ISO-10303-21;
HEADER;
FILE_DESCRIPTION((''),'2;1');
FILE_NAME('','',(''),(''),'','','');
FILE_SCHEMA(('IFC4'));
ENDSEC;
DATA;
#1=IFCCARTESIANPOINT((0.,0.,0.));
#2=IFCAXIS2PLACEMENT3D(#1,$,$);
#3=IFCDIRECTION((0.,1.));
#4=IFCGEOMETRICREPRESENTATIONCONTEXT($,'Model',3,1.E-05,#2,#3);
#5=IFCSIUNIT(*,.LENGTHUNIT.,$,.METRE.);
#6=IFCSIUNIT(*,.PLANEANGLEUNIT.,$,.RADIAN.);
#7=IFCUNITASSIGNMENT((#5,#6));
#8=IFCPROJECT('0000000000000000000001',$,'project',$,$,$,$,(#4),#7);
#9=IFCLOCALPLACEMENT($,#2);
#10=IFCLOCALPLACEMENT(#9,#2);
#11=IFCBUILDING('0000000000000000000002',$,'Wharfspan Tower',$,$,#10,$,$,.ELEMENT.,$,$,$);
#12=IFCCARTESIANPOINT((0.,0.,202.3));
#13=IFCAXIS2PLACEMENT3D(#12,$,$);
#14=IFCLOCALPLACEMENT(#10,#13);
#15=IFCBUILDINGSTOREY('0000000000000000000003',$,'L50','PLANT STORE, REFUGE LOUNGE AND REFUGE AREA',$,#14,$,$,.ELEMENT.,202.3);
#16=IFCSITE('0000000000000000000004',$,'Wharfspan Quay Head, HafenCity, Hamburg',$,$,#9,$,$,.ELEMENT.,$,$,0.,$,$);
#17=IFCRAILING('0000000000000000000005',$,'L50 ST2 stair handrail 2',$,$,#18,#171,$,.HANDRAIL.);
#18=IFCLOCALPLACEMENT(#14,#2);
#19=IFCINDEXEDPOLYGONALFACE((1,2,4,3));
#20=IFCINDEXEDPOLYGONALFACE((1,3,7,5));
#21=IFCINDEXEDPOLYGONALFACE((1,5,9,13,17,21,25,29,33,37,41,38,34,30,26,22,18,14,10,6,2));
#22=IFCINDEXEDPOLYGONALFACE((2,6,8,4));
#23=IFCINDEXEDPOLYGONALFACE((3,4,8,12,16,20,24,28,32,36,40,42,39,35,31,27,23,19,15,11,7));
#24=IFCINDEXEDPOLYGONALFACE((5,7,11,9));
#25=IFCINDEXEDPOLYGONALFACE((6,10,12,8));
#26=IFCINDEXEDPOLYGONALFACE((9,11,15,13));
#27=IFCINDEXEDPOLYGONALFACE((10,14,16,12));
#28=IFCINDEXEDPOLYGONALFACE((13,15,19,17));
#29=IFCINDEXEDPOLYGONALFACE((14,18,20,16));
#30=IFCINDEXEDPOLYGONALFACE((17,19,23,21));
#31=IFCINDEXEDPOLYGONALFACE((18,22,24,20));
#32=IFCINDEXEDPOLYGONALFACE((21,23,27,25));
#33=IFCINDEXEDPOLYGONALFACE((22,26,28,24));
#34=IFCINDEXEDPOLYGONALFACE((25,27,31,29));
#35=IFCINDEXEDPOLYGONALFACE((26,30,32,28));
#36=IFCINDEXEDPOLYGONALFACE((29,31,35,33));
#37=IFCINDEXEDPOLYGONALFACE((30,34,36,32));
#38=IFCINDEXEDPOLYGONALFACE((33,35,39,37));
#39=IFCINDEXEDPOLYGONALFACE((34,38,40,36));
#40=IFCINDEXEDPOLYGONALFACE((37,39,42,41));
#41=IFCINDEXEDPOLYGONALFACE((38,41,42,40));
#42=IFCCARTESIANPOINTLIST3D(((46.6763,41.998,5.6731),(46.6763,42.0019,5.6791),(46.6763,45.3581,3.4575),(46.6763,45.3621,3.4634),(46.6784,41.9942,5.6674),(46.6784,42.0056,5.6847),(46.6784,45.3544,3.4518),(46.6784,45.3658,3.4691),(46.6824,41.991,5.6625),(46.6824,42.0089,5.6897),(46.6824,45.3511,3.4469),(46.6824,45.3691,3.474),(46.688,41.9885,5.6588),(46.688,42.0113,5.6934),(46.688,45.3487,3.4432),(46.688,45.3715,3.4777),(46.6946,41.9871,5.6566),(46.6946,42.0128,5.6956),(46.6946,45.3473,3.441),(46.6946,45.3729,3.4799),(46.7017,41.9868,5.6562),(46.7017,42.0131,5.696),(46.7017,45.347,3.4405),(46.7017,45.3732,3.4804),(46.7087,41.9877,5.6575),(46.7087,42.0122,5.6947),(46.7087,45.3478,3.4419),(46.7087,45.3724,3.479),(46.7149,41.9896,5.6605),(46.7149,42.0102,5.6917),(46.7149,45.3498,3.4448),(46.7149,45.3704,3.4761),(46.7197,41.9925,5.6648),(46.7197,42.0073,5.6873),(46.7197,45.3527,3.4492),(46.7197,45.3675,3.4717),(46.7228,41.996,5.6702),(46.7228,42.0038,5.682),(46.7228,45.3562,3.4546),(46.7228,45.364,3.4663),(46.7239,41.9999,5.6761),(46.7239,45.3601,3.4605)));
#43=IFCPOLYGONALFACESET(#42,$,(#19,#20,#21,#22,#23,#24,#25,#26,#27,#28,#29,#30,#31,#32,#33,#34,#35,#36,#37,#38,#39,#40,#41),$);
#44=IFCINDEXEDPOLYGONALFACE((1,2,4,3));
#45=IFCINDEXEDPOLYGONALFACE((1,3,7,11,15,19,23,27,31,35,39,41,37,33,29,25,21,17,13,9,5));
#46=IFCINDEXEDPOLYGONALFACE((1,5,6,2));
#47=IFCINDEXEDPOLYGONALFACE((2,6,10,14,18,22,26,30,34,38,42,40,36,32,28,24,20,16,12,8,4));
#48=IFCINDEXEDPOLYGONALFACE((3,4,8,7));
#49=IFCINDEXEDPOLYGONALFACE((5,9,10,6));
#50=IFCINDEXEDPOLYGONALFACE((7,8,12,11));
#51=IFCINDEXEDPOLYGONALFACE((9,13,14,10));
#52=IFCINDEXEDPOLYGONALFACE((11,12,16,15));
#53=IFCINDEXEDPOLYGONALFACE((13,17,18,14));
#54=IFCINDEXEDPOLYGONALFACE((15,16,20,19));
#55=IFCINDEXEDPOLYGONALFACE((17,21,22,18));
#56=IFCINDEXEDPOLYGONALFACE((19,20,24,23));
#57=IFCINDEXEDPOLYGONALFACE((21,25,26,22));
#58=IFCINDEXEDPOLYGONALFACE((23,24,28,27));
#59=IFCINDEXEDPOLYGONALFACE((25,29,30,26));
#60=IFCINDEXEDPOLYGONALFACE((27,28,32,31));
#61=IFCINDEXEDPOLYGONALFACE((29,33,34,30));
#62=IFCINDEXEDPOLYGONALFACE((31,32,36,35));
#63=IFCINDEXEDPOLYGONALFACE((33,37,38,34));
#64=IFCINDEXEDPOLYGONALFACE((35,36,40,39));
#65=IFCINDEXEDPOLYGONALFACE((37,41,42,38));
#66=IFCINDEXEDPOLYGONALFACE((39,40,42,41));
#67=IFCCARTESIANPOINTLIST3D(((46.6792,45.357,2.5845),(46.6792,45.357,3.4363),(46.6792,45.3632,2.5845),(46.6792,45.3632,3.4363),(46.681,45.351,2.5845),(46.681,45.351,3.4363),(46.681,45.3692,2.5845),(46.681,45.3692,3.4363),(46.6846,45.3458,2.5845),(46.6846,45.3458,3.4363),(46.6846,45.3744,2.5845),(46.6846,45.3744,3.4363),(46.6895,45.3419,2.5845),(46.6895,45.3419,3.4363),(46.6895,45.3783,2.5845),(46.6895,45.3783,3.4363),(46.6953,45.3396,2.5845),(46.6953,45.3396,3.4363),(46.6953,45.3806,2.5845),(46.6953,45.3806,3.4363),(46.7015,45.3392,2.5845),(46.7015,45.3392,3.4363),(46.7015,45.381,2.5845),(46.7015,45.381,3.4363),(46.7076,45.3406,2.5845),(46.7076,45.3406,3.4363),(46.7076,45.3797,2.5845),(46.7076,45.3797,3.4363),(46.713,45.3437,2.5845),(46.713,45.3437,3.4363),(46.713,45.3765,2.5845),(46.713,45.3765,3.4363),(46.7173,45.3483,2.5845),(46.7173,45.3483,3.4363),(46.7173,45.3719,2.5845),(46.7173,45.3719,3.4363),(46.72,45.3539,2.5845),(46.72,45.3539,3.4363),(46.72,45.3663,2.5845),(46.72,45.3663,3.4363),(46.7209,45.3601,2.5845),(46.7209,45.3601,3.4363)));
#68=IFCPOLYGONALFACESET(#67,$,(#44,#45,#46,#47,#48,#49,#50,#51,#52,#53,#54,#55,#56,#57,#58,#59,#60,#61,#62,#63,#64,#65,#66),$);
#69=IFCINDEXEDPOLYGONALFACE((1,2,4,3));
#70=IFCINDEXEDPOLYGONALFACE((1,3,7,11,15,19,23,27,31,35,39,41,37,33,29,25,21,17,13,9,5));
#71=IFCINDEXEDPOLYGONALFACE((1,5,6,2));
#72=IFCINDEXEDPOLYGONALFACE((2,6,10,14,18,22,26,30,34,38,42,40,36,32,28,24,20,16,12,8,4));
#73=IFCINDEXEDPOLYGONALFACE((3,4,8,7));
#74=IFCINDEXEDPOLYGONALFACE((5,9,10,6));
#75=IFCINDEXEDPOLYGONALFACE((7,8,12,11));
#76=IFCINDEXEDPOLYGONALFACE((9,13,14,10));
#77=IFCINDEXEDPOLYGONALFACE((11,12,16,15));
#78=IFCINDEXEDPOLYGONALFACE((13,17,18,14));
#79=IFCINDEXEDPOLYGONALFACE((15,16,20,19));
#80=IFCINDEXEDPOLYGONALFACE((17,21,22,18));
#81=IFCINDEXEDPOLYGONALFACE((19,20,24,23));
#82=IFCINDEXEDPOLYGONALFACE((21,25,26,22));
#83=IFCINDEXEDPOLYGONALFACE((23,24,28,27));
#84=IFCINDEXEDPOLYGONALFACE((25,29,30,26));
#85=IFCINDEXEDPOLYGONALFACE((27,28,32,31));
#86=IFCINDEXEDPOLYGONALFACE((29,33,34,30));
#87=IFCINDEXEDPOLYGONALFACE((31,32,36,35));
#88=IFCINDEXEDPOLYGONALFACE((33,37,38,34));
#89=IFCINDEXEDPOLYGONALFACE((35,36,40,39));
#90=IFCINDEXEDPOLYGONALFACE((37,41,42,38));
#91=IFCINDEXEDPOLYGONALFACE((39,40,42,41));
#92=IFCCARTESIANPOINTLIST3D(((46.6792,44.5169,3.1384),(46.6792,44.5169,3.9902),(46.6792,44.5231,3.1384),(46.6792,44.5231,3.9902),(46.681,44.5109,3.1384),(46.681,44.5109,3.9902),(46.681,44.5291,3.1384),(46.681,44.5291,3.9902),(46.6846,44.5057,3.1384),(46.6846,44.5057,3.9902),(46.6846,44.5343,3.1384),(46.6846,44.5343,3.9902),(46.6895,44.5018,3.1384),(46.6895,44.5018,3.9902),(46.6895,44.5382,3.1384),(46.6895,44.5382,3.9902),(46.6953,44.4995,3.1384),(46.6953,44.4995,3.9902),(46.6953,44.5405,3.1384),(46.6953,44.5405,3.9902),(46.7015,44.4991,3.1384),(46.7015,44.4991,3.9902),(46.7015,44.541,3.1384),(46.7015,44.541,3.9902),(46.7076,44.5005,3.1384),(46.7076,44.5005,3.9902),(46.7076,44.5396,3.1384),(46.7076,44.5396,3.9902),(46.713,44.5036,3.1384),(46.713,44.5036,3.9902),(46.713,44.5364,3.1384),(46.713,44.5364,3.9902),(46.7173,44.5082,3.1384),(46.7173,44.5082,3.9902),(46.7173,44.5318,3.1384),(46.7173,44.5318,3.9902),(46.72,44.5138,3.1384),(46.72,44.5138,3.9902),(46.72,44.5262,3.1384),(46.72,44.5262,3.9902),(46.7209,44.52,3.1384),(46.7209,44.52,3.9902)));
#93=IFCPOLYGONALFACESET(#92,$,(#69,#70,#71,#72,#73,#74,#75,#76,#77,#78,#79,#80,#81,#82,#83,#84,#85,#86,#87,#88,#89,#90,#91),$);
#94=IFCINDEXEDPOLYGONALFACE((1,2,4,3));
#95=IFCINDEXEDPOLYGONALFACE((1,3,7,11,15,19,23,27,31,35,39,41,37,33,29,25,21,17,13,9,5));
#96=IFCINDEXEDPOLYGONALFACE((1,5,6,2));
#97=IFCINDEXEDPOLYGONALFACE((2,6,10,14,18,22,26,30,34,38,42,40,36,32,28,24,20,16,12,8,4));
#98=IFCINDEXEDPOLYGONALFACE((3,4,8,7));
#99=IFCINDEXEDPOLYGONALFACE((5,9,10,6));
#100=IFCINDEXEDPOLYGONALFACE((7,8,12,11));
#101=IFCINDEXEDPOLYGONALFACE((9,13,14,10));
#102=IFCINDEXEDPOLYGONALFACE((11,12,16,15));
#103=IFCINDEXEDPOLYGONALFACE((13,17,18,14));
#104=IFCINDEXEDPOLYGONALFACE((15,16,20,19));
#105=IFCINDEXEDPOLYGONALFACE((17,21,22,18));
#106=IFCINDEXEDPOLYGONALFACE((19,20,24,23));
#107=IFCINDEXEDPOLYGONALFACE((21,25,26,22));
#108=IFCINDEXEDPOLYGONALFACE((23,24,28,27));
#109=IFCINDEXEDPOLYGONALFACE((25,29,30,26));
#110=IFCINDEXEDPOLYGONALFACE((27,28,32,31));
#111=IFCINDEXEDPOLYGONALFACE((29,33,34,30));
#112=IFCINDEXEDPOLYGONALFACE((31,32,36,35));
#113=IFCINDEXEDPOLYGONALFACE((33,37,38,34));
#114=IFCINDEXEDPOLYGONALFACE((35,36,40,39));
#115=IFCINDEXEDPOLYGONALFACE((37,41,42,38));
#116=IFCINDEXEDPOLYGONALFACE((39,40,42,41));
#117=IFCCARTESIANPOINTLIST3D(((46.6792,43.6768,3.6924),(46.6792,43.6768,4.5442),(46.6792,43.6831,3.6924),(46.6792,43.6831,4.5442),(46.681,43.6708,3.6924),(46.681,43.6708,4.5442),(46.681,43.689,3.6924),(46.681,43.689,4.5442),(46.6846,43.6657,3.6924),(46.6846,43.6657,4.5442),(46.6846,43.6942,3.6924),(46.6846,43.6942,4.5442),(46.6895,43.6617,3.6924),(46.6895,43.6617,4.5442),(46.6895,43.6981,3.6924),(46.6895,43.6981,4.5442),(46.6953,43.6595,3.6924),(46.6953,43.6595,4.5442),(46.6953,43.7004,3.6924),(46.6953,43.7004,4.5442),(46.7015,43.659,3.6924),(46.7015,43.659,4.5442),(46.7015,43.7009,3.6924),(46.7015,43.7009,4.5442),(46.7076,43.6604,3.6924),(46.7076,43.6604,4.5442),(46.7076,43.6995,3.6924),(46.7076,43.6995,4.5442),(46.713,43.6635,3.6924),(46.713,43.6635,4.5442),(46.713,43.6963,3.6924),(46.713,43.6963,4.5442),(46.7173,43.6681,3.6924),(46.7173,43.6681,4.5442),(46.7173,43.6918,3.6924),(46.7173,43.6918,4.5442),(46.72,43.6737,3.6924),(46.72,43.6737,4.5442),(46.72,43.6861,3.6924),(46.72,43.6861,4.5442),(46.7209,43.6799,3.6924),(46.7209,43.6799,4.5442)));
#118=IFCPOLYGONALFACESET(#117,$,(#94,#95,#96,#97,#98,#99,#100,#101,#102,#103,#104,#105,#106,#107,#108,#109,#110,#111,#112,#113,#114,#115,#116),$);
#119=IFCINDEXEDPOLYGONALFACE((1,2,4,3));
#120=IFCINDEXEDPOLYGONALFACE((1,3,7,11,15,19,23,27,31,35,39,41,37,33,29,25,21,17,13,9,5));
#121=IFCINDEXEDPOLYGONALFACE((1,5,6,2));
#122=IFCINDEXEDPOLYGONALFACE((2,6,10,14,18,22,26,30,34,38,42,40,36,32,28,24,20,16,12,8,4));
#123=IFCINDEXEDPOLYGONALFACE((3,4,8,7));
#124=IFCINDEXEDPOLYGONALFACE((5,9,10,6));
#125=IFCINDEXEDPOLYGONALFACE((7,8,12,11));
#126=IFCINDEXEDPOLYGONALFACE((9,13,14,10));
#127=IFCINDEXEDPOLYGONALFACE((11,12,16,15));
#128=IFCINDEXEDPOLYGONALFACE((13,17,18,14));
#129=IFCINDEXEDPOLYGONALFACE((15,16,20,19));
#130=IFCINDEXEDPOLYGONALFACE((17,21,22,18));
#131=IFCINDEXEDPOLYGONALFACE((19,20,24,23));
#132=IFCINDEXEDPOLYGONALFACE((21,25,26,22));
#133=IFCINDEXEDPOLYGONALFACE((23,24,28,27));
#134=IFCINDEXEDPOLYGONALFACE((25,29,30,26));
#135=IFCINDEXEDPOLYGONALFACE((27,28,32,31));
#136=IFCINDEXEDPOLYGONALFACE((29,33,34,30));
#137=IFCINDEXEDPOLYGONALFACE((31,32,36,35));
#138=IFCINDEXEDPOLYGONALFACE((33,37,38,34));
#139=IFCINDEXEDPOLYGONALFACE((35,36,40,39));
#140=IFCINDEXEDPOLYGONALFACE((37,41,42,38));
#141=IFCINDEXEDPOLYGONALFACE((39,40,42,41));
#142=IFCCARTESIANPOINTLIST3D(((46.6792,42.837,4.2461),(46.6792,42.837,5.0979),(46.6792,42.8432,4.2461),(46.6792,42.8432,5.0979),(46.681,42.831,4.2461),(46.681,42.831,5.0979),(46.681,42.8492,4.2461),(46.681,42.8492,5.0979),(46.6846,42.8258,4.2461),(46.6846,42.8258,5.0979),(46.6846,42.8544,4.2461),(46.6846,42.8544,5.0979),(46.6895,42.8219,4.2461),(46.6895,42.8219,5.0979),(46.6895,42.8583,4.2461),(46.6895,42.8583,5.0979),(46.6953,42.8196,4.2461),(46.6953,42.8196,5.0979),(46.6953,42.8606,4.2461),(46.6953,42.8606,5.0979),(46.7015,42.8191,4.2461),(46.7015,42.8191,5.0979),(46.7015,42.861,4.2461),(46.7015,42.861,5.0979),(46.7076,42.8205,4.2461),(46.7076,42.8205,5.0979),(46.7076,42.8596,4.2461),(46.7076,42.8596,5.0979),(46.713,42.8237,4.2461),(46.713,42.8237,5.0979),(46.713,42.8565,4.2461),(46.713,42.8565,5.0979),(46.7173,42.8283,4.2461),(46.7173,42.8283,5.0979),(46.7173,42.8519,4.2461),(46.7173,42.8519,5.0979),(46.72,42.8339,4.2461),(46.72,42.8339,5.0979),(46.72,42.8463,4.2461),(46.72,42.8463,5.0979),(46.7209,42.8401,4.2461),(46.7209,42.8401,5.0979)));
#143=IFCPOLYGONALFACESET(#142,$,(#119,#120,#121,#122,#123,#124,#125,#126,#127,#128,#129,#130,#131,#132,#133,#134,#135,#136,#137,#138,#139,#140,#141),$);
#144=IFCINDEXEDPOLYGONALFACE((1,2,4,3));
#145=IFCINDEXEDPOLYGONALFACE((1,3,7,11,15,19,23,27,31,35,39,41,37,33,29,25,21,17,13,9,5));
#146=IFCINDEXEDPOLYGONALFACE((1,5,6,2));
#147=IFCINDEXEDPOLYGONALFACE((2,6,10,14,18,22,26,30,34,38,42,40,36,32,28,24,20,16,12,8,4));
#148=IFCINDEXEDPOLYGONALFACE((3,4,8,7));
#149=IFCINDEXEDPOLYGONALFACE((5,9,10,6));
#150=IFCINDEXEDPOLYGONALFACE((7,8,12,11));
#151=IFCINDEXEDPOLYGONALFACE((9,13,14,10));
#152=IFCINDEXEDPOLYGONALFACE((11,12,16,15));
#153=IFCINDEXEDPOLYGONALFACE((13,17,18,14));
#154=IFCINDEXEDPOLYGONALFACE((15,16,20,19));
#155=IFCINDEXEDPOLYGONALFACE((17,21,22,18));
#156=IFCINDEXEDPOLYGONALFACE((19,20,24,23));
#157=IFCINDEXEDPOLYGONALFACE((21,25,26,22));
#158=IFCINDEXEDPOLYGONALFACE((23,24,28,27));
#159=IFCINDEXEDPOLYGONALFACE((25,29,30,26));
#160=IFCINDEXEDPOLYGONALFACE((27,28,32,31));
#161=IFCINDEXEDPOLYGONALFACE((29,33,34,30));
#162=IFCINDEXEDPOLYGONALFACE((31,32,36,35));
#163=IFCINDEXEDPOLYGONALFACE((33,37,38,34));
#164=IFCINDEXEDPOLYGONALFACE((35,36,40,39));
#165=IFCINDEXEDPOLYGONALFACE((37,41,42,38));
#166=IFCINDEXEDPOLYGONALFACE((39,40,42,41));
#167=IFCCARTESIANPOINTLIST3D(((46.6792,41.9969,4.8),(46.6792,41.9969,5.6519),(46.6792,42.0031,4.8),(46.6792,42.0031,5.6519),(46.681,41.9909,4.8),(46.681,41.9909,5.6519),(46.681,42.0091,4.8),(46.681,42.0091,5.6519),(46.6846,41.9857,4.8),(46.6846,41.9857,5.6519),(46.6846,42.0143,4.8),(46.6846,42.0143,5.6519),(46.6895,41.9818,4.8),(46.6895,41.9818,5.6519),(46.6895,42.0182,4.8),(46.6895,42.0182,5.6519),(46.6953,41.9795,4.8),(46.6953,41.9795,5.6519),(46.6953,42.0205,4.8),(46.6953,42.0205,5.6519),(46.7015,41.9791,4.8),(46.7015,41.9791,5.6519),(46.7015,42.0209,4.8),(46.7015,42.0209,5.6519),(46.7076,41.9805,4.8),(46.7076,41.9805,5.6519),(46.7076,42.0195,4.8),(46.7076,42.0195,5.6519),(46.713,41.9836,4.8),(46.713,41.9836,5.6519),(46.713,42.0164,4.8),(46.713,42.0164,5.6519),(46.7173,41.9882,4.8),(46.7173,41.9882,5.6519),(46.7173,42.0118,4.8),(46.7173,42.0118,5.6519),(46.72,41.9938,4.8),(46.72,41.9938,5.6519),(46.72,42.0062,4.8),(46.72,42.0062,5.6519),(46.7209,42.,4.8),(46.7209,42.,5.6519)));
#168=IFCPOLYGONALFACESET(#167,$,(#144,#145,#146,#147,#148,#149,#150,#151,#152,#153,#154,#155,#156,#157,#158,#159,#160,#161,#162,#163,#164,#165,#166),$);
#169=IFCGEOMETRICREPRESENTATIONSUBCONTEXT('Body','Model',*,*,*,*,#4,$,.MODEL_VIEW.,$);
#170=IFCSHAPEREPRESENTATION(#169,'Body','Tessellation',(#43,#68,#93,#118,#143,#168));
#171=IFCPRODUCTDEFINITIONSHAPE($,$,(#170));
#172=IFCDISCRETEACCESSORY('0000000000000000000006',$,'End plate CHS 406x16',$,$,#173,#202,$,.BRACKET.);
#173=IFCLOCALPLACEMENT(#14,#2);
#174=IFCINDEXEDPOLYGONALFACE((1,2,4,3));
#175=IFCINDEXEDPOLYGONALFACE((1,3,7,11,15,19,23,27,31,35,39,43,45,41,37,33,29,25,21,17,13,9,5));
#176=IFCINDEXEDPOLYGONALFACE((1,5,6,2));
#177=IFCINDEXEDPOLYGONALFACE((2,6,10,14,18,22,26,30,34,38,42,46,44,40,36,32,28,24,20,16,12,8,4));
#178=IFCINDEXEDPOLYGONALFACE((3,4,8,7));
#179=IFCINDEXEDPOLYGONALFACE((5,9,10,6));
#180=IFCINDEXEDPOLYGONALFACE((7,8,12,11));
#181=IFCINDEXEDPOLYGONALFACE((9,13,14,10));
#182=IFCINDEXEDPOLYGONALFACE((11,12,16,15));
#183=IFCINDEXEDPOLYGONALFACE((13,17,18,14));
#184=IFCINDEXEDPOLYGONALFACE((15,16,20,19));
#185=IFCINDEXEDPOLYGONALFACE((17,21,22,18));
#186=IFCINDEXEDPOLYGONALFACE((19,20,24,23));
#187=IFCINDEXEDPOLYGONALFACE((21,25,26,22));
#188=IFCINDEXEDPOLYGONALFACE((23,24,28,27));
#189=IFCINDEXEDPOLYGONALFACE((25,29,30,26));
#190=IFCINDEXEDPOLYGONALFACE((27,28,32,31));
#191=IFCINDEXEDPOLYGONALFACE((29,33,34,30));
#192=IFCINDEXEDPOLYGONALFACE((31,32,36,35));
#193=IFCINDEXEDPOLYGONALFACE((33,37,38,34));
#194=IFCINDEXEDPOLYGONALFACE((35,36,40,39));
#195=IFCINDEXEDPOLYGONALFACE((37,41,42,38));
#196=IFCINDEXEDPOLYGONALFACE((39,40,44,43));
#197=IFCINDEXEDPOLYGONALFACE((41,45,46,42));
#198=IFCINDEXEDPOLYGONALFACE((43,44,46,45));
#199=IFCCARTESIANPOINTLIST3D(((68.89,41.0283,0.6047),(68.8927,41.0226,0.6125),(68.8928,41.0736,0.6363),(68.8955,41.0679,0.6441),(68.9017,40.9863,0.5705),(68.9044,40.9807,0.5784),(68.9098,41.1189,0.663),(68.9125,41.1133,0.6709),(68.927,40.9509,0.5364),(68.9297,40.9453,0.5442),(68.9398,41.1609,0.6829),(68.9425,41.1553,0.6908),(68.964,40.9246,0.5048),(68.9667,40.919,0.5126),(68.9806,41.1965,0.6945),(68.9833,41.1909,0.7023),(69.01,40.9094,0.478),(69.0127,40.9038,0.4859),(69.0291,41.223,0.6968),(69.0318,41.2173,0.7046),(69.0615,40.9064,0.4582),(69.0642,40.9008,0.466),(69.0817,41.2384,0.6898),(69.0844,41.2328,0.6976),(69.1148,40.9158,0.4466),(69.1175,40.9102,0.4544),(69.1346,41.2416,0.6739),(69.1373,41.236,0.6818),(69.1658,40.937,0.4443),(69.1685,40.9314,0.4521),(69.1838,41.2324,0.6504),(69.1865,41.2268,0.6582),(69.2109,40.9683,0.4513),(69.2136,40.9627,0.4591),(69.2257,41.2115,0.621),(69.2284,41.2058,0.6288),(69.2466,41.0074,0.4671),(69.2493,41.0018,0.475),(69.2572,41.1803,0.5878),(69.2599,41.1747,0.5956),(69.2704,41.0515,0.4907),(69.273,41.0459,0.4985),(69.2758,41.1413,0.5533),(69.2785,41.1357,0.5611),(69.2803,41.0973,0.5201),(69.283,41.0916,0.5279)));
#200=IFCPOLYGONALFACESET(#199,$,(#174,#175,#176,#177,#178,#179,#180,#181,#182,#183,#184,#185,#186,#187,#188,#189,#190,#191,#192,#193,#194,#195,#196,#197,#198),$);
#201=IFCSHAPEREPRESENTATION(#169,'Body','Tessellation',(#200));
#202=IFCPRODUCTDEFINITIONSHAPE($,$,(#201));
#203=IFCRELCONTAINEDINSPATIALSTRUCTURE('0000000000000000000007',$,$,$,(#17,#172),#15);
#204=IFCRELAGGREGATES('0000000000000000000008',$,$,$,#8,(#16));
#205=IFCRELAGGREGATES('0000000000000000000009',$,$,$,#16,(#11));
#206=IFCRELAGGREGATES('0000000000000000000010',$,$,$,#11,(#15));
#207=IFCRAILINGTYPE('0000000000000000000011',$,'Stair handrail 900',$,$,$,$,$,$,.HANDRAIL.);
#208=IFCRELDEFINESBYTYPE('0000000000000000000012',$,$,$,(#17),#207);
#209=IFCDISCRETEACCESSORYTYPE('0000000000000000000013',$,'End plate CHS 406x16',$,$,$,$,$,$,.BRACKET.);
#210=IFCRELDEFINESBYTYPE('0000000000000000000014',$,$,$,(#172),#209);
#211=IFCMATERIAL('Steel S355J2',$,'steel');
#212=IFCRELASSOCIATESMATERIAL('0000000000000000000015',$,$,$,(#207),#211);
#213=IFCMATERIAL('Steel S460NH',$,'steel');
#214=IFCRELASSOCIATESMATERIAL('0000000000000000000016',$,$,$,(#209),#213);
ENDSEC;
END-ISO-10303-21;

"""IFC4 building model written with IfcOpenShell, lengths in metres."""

from ifc_helpers import new_model, si_unit, direction, frame, origin, origin_2d, place, context, subcontext, project, spatial, circle, extrude, material, material_profile, profile_set, type_object, element, save


model = new_model("IFC4")

# Units and contexts
model_context = context("Model", 3, precision=1e-05, world=origin(), true_north=direction((0.0, 1.0)))
body_context = subcontext(model_context, "Body", "Model", "MODEL_VIEW")
ifc_project = project(units=[si_unit("LENGTHUNIT", "METRE"), si_unit("PLANEANGLEUNIT", "RADIAN")], contexts=[model_context])

# Site, building, storey
site_placement = place(None, origin())
site = spatial("IfcSite", under=ifc_project, at=site_placement, Name="Wharfspan Quay Head, HafenCity, Hamburg", CompositionType="ELEMENT", RefElevation=0.0)
building_placement = place(site_placement, origin())
building = spatial("IfcBuilding", under=site, at=building_placement, Name="Wharfspan Tower", CompositionType="ELEMENT")
storey_placement = place(building_placement, frame((0.0, 0.0, 202.3)))
storey = spatial("IfcBuildingStorey", under=building, at=storey_placement, Name="L50", Description="PLANT STORE, REFUGE LOUNGE AND REFUGE AREA", CompositionType="ELEMENT", Elevation=202.3)

# Shared definitions
ifc_material_1 = material(Name="Steel S355J2", Category="steel")

# Railing
railing_type_1 = type_object("IfcRailingType", Name="Stair handrail 900", PredefinedType="HANDRAIL", material=ifc_material_1)
railing_1_placement = place(storey_placement, frame((46.7, 45.3601, 2.5845)))
element("IfcRailing", 1, at=railing_1_placement, inside=storey, type_object=railing_type_1, Name="L50 ST2 stair handrail 2", PredefinedType="HANDRAIL", context=body_context, shape_type="SweptSolid", body=[
    extrude(circle(Radius=0.0239, at=origin_2d()), frame((0.0, 0.0, 0.876), z_axis=(0.0, -0.834849, 0.55048), x_axis=(1.0, 0.0, 0.0)), (0.0, 0.0, 1.0), 4.0249),
    extrude(circle(Radius=0.021, at=origin_2d()), origin(), (0.0, 0.0, 1.0), 0.8518),
    extrude(circle(Radius=0.021, at=origin_2d()), frame((0.0, -0.8401, 0.554)), (0.0, 0.0, 1.0), 0.8518),
    extrude(circle(Radius=0.021, at=origin_2d()), frame((0.0, -1.6802, 1.1079)), (0.0, 0.0, 1.0), 0.8518),
    extrude(circle(Radius=0.021, at=origin_2d()), frame((0.0, -2.52, 1.6616)), (0.0, 0.0, 1.0), 0.8518),
    extrude(circle(Radius=0.021, at=origin_2d()), frame((0.0, -3.3601, 2.2156)), (0.0, 0.0, 1.0), 0.8518),
])

# Discrete accessory
ifc_material_2 = material(Name="Steel S460NH", Category="steel")
ifc_material_profile_1 = material_profile(ifc_material_2, circle(Radius=0.2031, at=origin_2d()))
ifc_profile_set_1 = profile_set([ifc_material_profile_1], Name="Steel S460NH")
discrete_accessory_type_1 = type_object("IfcDiscreteAccessoryType", Name="End plate CHS 406x16", PredefinedType="BRACKET", material=ifc_profile_set_1)
discrete_accessory_1_placement = place(storey_placement, frame((69.0876, 41.0684, 0.5784), z_axis=(-0.268853, 0.562147, -0.782118), x_axis=(-0.902135, -0.431456, 0.0)))
element("IfcDiscreteAccessory", 2, at=discrete_accessory_1_placement, inside=storey, type_object=discrete_accessory_type_1, Name="End plate CHS 406x16", PredefinedType="BRACKET", context=body_context, shape_type="SweptSolid", body=[
    extrude(circle(Radius=0.2031, at=origin_2d()), origin(), (0.0, 0.0, 1.0), 0.01),
])

save(model, "model.ifc")
